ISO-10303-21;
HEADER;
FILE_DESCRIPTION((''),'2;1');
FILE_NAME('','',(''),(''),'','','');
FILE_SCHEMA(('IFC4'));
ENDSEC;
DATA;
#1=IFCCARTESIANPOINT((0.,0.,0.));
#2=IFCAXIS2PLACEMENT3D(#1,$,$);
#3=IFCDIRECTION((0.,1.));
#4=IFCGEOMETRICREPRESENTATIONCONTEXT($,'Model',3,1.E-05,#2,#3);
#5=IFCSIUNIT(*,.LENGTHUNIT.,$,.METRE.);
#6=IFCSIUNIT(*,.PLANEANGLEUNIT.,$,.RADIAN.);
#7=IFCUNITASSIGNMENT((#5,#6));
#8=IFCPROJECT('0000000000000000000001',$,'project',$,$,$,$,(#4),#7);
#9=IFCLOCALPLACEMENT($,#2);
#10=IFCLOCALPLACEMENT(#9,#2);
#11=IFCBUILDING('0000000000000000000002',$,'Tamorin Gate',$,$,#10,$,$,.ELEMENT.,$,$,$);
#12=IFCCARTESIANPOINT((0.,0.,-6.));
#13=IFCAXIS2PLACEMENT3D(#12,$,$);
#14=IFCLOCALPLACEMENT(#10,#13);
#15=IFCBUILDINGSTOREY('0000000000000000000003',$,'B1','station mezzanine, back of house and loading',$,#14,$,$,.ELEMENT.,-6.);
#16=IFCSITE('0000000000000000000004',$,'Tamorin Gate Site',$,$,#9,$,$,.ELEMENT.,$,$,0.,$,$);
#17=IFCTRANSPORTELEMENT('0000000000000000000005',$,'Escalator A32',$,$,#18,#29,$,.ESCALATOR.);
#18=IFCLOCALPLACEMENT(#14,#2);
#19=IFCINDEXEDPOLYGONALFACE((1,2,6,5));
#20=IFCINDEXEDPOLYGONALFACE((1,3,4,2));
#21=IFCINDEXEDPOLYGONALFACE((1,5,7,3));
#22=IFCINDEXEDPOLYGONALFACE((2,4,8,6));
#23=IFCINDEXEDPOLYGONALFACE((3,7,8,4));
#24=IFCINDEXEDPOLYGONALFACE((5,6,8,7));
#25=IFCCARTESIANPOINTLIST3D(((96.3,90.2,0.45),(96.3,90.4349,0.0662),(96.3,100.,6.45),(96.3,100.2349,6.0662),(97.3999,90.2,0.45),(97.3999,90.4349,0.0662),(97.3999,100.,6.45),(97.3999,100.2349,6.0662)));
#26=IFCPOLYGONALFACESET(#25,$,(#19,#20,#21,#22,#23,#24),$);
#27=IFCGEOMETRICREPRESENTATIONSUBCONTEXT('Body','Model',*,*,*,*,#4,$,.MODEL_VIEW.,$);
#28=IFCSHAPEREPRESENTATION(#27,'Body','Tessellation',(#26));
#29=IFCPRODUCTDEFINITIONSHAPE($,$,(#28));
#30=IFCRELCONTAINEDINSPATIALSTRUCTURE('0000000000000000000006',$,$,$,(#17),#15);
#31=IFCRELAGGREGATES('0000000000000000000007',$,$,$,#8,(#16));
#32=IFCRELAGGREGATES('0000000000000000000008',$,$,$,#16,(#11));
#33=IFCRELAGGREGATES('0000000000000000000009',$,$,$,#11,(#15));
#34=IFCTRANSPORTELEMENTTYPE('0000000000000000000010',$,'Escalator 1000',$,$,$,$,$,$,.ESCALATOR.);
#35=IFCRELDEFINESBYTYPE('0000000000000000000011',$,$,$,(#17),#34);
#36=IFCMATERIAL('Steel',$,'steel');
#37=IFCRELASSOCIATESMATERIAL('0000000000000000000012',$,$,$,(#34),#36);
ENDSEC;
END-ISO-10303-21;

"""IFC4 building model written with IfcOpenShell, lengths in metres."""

from ifc_helpers import new_model, si_unit, direction, frame, origin, place, context, subcontext, project, spatial, polyline, outline, extrude, material, type_object, element, save


model = new_model("IFC4")

# Units and contexts
model_context = context("Model", 3, precision=1e-05, world=origin(), true_north=direction((0.0, 1.0)))
body_context = subcontext(model_context, "Body", "Model", "MODEL_VIEW")
ifc_project = project(units=[si_unit("LENGTHUNIT", "METRE"), si_unit("PLANEANGLEUNIT", "RADIAN")], contexts=[model_context])

# Site, building, storey
site_placement = place(None, origin())
site = spatial("IfcSite", under=ifc_project, at=site_placement, Name="Tamorin Gate Site", CompositionType="ELEMENT", RefElevation=0.0)
building_placement = place(site_placement, origin())
building = spatial("IfcBuilding", under=site, at=building_placement, Name="Tamorin Gate", CompositionType="ELEMENT")
storey_placement = place(building_placement, frame((0.0, 0.0, -6.0)))
storey = spatial("IfcBuildingStorey", under=building, at=storey_placement, Name="B1", Description="station mezzanine, back of house and loading", CompositionType="ELEMENT", Elevation=-6.0)

# Shared definitions
ifc_material_1 = material(Name="Steel", Category="steel")

# Transport element
transport_element_type = type_object("IfcTransportElementType", Name="Escalator 1000", PredefinedType="ESCALATOR", material=ifc_material_1)
transport_element_1_placement = place(storey_placement, frame((96.3, 90.2, 0.45), z_axis=(0.0, -0.522152, 0.852852), x_axis=(1.0, 0.0, 0.0)))
element("IfcTransportElement", 1, at=transport_element_1_placement, inside=storey, type_object=transport_element_type, Name="Escalator A32", PredefinedType="ESCALATOR", context=body_context, shape_type="SweptSolid", body=[
    extrude(outline(polyline([(0.0, 0.0), (1.0999, 0.0), (1.0999, 11.4909), (0.0, 11.4909), (0.0, 0.0)])), origin(), (0.0, 0.0, -1.0), 0.45),
])

save(model, "model.ifc")
